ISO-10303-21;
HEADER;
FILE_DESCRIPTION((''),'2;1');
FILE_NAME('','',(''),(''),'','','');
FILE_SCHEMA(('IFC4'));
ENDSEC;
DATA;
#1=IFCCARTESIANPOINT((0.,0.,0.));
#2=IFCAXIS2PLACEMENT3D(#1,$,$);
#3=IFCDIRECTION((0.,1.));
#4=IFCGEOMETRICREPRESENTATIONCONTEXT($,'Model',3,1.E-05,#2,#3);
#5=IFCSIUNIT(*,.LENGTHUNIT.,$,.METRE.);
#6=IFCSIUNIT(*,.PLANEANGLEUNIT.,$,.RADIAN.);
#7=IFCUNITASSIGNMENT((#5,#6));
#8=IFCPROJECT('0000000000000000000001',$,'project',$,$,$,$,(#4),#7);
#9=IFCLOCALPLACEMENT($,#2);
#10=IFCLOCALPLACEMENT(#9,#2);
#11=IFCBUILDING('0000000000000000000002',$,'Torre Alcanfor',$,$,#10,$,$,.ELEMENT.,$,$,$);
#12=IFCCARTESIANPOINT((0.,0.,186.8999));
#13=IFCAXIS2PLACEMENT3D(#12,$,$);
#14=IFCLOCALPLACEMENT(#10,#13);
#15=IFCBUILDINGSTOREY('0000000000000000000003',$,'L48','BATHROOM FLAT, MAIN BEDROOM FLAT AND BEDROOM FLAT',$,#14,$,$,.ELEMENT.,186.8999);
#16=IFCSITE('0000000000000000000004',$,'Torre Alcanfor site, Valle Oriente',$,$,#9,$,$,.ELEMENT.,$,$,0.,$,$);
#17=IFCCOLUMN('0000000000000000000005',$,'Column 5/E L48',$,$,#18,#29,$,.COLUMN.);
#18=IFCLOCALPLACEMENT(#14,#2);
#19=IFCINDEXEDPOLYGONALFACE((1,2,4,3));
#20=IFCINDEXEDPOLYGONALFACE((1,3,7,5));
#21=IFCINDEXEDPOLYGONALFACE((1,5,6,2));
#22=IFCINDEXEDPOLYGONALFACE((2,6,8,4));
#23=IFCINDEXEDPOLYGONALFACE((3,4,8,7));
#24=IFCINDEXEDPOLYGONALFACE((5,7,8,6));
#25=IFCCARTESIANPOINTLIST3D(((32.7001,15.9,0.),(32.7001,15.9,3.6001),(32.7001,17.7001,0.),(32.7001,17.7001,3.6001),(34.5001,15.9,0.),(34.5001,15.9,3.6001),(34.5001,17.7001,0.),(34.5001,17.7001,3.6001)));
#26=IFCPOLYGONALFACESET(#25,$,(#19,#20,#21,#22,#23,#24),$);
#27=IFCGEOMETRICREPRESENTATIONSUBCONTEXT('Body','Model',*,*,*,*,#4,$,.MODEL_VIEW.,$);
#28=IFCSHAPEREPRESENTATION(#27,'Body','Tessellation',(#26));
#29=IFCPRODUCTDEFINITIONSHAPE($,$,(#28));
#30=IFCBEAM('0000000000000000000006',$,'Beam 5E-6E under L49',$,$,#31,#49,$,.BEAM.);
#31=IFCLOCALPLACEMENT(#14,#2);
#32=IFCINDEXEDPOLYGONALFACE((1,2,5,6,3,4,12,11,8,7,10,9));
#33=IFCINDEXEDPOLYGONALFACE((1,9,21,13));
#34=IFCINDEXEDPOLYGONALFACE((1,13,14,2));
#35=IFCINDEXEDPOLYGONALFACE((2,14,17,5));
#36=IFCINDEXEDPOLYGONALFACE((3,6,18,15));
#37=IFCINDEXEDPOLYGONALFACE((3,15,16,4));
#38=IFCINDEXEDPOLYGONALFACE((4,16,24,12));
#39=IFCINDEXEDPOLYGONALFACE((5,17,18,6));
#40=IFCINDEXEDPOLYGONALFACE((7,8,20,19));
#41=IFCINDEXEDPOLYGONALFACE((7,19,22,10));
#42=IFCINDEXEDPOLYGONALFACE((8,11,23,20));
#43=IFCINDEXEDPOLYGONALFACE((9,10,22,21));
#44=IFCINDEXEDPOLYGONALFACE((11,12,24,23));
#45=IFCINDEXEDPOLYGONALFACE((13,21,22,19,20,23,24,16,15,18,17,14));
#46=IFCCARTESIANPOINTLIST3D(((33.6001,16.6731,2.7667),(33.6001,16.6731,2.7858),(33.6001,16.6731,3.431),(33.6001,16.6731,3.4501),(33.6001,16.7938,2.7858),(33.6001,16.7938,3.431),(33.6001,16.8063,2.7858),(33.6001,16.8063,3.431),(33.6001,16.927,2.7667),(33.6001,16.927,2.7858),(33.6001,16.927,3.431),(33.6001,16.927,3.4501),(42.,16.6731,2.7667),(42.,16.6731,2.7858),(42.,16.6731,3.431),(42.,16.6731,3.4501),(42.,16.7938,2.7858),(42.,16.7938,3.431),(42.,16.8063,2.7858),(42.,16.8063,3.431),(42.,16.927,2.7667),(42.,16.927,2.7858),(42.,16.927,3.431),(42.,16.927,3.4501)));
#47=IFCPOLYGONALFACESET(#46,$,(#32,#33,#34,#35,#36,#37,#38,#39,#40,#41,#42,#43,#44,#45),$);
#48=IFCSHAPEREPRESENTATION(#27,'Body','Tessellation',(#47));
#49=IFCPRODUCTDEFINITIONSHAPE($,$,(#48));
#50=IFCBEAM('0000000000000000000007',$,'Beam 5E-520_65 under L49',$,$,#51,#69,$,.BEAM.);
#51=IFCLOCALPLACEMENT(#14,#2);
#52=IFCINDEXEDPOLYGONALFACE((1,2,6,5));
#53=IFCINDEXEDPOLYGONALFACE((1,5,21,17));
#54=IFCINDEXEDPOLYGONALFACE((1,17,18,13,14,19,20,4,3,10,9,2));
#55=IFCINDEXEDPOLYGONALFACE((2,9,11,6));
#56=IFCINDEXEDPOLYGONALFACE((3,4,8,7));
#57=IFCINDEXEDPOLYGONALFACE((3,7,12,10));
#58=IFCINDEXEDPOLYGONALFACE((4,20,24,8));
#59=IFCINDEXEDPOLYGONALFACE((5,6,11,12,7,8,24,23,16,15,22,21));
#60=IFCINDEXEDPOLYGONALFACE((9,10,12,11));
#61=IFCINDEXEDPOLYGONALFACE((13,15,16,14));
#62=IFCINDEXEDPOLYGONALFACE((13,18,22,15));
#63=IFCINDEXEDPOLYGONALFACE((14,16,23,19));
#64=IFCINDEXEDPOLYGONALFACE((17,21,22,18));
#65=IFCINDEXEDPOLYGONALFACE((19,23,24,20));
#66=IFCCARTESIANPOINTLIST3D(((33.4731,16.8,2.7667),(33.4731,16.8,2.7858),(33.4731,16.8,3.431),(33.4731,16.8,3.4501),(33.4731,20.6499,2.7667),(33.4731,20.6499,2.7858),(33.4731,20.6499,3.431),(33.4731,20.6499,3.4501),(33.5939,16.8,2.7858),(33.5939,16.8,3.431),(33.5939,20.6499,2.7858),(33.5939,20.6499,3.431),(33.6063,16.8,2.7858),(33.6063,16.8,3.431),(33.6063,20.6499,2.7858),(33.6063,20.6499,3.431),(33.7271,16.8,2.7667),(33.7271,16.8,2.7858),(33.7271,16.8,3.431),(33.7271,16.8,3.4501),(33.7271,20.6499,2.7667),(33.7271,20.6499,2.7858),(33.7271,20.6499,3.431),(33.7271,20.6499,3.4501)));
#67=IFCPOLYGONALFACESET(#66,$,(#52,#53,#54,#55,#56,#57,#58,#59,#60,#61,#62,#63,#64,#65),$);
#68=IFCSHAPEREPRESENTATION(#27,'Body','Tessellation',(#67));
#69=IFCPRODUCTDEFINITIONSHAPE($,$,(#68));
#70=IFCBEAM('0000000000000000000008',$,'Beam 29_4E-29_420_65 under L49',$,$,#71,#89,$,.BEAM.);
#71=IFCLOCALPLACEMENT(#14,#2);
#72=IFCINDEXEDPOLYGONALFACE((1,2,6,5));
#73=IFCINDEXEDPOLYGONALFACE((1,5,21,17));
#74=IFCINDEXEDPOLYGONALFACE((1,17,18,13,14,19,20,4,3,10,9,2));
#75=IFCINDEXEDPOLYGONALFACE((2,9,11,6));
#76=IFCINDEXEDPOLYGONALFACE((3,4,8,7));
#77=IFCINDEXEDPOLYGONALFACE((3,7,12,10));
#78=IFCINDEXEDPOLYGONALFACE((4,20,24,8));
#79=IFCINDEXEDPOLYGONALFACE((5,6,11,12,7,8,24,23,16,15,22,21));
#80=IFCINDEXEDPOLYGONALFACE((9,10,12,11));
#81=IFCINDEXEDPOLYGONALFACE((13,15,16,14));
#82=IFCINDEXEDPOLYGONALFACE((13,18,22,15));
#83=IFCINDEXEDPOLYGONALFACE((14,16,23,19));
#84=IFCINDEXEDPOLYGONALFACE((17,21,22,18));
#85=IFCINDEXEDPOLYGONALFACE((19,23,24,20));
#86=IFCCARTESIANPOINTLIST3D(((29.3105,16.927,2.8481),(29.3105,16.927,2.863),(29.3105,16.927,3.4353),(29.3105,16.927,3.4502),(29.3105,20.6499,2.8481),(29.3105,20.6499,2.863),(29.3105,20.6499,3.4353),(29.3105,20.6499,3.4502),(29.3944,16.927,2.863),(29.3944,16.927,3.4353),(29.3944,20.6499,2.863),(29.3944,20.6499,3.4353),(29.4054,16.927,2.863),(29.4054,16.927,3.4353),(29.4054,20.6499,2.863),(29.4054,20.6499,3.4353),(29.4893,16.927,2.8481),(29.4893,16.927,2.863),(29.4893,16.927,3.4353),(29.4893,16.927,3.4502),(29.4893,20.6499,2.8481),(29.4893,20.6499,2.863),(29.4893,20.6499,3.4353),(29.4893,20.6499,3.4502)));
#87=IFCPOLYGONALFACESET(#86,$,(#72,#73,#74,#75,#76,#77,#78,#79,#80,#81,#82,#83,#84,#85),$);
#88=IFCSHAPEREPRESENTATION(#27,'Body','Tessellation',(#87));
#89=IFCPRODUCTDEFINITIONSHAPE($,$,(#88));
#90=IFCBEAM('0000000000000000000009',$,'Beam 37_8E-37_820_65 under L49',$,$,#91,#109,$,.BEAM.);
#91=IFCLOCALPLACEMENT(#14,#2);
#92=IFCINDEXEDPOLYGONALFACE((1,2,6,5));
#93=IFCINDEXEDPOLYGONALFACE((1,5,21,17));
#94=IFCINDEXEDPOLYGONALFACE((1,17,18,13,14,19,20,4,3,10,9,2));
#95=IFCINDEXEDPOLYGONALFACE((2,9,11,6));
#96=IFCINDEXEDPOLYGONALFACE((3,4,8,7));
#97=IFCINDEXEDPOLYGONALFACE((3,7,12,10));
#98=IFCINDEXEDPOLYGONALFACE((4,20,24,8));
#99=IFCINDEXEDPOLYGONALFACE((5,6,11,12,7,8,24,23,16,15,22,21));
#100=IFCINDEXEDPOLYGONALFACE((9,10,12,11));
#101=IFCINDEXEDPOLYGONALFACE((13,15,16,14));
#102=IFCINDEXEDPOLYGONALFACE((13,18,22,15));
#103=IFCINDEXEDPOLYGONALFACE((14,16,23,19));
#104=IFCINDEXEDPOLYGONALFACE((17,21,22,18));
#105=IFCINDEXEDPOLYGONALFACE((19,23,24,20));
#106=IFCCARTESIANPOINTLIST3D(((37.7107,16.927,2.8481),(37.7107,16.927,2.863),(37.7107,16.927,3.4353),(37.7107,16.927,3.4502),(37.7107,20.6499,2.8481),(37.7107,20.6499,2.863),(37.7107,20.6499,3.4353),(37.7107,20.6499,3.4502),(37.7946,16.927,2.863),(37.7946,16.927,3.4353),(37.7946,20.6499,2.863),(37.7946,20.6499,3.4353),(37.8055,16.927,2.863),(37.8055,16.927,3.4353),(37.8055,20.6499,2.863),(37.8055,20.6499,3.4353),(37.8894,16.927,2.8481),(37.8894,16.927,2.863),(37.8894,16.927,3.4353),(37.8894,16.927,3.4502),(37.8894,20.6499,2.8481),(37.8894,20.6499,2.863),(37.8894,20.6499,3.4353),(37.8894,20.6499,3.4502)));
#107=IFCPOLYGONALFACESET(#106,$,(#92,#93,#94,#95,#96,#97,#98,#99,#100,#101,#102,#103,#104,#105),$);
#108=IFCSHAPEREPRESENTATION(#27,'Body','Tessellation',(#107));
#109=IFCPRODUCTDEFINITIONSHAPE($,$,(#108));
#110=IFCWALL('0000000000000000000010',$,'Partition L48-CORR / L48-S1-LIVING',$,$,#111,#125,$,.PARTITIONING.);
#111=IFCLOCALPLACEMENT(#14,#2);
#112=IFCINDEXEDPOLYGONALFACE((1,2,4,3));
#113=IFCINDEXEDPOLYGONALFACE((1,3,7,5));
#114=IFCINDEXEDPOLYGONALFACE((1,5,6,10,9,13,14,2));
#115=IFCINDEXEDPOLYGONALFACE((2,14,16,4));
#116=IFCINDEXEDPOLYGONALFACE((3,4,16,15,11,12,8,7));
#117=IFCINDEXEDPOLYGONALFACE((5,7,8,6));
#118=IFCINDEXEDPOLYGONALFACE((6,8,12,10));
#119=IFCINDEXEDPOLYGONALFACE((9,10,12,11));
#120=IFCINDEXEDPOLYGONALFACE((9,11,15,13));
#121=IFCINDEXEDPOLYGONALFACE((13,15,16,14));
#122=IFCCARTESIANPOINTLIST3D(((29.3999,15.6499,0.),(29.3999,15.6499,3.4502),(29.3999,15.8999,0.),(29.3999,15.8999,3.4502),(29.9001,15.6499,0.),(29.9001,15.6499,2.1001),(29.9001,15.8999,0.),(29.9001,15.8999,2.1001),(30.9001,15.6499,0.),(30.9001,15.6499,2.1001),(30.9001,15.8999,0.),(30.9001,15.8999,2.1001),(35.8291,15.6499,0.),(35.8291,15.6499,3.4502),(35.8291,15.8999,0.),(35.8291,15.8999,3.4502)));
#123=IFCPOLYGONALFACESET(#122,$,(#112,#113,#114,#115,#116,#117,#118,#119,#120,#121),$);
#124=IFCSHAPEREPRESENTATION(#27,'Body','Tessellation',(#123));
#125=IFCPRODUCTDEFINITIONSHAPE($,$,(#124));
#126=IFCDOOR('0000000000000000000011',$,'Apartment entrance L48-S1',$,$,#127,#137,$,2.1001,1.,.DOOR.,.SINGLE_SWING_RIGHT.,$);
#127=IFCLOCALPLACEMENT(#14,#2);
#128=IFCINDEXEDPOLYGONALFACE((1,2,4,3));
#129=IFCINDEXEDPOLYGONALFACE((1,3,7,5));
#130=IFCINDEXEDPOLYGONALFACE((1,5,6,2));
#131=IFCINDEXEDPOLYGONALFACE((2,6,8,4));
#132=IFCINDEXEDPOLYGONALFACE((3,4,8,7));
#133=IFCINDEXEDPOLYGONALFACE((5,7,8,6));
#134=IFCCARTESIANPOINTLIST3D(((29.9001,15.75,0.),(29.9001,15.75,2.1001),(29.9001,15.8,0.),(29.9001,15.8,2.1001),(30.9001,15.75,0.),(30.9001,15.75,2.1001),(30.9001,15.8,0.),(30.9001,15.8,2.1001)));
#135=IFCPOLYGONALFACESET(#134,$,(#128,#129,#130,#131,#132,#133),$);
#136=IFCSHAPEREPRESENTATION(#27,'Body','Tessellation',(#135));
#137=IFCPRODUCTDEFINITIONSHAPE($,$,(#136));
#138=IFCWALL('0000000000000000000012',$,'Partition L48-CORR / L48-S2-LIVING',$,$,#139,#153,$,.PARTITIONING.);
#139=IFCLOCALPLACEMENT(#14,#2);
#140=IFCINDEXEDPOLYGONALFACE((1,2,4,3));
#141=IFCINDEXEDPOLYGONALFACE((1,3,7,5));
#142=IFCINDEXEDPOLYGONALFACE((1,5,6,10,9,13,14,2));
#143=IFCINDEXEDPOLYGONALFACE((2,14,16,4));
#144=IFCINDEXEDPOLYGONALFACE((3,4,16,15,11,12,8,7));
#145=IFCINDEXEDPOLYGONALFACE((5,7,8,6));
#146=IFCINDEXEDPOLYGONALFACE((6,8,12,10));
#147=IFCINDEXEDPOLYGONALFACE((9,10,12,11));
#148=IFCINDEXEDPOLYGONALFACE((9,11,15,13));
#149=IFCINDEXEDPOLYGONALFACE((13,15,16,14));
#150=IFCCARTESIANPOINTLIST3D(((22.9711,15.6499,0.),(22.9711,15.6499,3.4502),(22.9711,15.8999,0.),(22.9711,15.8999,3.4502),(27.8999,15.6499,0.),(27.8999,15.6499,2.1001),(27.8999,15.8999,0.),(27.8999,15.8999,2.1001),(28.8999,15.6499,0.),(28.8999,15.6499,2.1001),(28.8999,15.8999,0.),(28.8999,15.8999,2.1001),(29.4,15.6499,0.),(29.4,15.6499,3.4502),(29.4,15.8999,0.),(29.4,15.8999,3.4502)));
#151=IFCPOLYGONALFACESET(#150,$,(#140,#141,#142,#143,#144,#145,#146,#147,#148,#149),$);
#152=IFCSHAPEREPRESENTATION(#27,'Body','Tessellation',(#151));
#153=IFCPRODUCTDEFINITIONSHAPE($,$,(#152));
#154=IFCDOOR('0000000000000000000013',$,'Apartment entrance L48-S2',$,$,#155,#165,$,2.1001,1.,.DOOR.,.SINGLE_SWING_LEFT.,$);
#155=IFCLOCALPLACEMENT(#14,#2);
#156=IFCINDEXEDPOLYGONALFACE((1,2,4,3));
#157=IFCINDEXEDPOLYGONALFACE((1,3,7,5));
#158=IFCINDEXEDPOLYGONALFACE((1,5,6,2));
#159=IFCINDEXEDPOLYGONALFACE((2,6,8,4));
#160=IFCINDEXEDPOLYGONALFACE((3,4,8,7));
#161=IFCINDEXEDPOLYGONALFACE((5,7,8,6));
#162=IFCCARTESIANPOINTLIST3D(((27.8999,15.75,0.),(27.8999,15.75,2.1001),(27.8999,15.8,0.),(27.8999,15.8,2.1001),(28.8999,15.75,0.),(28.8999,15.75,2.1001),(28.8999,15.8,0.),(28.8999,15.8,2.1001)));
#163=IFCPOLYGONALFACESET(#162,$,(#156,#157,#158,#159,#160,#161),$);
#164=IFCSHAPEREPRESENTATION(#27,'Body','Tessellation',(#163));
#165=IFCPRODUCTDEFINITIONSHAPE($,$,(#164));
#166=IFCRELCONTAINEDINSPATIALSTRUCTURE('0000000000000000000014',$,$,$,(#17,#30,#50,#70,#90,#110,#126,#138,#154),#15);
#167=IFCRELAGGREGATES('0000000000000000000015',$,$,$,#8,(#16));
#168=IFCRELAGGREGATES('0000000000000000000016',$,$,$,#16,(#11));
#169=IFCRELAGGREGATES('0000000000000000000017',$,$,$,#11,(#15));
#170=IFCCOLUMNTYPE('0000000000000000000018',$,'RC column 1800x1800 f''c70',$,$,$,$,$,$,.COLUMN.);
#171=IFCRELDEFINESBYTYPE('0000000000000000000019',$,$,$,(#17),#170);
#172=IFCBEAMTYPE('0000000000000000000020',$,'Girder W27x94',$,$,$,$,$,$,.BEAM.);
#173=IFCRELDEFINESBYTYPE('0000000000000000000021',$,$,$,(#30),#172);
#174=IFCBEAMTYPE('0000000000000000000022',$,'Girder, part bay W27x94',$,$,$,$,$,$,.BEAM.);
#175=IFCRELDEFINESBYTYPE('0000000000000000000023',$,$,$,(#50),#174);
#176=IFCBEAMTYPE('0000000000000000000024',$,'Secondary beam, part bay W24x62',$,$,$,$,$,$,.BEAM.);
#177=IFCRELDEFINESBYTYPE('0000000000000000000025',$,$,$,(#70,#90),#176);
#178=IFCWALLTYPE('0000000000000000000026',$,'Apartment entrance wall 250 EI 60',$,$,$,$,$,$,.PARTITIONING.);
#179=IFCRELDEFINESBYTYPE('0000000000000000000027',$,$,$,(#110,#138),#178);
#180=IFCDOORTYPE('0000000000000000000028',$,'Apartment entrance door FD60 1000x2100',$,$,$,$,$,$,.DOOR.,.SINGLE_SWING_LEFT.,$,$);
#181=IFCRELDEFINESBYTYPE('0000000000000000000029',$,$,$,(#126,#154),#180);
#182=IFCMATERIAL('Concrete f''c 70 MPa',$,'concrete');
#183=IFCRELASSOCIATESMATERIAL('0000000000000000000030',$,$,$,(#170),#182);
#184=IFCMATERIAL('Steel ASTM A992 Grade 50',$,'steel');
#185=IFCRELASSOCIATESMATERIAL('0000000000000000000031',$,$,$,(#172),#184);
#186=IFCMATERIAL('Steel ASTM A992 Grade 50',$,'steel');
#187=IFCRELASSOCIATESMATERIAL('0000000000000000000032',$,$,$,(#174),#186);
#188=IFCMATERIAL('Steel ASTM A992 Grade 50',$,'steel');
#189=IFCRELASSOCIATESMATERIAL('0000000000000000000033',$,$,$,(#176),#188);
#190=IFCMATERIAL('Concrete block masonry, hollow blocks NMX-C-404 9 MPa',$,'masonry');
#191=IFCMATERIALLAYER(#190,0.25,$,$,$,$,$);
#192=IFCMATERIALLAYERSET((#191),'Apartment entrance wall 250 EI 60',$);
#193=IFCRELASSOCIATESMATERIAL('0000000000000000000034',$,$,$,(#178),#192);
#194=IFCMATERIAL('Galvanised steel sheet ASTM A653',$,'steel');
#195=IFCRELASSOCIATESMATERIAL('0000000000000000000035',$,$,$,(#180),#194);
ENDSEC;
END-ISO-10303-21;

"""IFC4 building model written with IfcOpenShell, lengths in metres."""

from ifc_helpers import new_model, si_unit, direction, frame, frame_2d, origin, origin_2d, place, context, subcontext, project, spatial, rectangle, i_section, extrude, material, layer, layer_set, material_profile, profile_set, type_object, element, fill, save


model = new_model("IFC4")

# Units and contexts
model_context = context("Model", 3, precision=1e-05, world=origin(), true_north=direction((0.0, 1.0)))
body_context = subcontext(model_context, "Body", "Model", "MODEL_VIEW")
ifc_project = project(units=[si_unit("LENGTHUNIT", "METRE"), si_unit("PLANEANGLEUNIT", "RADIAN")], contexts=[model_context])

# Site, building, storey
site_placement = place(None, origin())
site = spatial("IfcSite", under=ifc_project, at=site_placement, Name="Torre Alcanfor site, Valle Oriente", CompositionType="ELEMENT", RefElevation=0.0)
building_placement = place(site_placement, origin())
building = spatial("IfcBuilding", under=site, at=building_placement, Name="Torre Alcanfor", CompositionType="ELEMENT")
storey_placement = place(building_placement, frame((0.0, 0.0, 186.8999)))
storey = spatial("IfcBuildingStorey", under=building, at=storey_placement, Name="L48", Description="BATHROOM FLAT, MAIN BEDROOM FLAT AND BEDROOM FLAT", CompositionType="ELEMENT", Elevation=186.8999)

# Column
ifc_material_1 = material(Name="Concrete f'c 70 MPa", Category="concrete")
ifc_material_profile_1 = material_profile(ifc_material_1, rectangle(XDim=1.8, YDim=1.8, at=origin_2d()), Name="1800x1800")
ifc_profile_set_1 = profile_set([ifc_material_profile_1], Name="Concrete f'c 70 MPa")
column_type = type_object("IfcColumnType", Name="RC column 1800x1800 f'c70", PredefinedType="COLUMN", material=ifc_profile_set_1)
column_placement = place(storey_placement, frame((33.6001, 16.8, 0.0), z_axis=(0.0, 0.0, 1.0), x_axis=(1.0, 0.0, 0.0)))
element("IfcColumn", 1, at=column_placement, inside=storey, type_object=column_type, Name="Column 5/E L48", PredefinedType="COLUMN", context=body_context, shape_type="SweptSolid", body=[
    extrude(rectangle(XDim=1.8, YDim=1.8, at=origin_2d()), origin(), (0.0, 0.0, 1.0), 3.6001),
])

# Beams
ifc_material_2 = material(Name="Steel ASTM A992 Grade 50", Category="steel")
ifc_material_profile_2 = material_profile(ifc_material_2, i_section(OverallWidth=0.2539, OverallDepth=0.6833, WebThickness=0.0125, FlangeThickness=0.019, at=origin_2d()), Name="W27x94")
ifc_profile_set_2 = profile_set([ifc_material_profile_2], Name="Steel ASTM A992 Grade 50")
beam_type_1 = type_object("IfcBeamType", Name="Girder W27x94", PredefinedType="BEAM", material=ifc_profile_set_2)
beam_1_placement = place(storey_placement, frame((33.6001, 16.8, 3.1084), z_axis=(1.0, 0.0, 0.0), x_axis=(0.0, 1.0, 0.0)))
element("IfcBeam", 2, at=beam_1_placement, inside=storey, type_object=beam_type_1, Name="Beam 5E-6E under L49", PredefinedType="BEAM", context=body_context, shape_type="SweptSolid", body=[
    extrude(i_section(OverallWidth=0.2539, OverallDepth=0.6833, WebThickness=0.0125, FlangeThickness=0.019, at=origin_2d()), origin(), (0.0, 0.0, 1.0), 8.3999),
])
ifc_material_3 = material(Name="Steel ASTM A992 Grade 50", Category="steel")
ifc_material_profile_3 = material_profile(ifc_material_3, i_section(OverallWidth=0.2539, OverallDepth=0.6833, WebThickness=0.0125, FlangeThickness=0.019, at=origin_2d()), Name="W27x94")
ifc_profile_set_3 = profile_set([ifc_material_profile_3], Name="Steel ASTM A992 Grade 50")
beam_type_2 = type_object("IfcBeamType", Name="Girder, part bay W27x94", PredefinedType="BEAM", material=ifc_profile_set_3)
beam_2_placement = place(storey_placement, frame((33.6001, 16.8, 3.1084), z_axis=(0.0, 1.0, 0.0), x_axis=(-1.0, 0.0, 0.0)))
element("IfcBeam", 3, at=beam_2_placement, inside=storey, type_object=beam_type_2, Name="Beam 5E-520_65 under L49", PredefinedType="BEAM", context=body_context, shape_type="SweptSolid", body=[
    extrude(i_section(OverallWidth=0.2539, OverallDepth=0.6833, WebThickness=0.0125, FlangeThickness=0.019, at=origin_2d()), origin(), (0.0, 0.0, 1.0), 3.8499),
])
ifc_material_4 = material(Name="Steel ASTM A992 Grade 50", Category="steel")
ifc_material_profile_4 = material_profile(ifc_material_4, i_section(OverallWidth=0.1787, OverallDepth=0.6021, WebThickness=0.011, FlangeThickness=0.0149, at=origin_2d()), Name="W24x62")
ifc_profile_set_4 = profile_set([ifc_material_profile_4], Name="Steel ASTM A992 Grade 50")
beam_type_3 = type_object("IfcBeamType", Name="Secondary beam, part bay W24x62", PredefinedType="BEAM", material=ifc_profile_set_4)
for number, where, z_axis, x_axis, name in (
    (4, (29.3999, 16.927, 3.1492), (0.0, 1.0, 0.0), (-1.0, 0.0, 0.0), "Beam 29_4E-29_420_65 under L49"),
    (5, (37.8, 16.927, 3.1492), (0.0, 1.0, 0.0), (-1.0, 0.0, 0.0), "Beam 37_8E-37_820_65 under L49"),
):
    element("IfcBeam", number, at=place(storey_placement, frame(where, z_axis=z_axis, x_axis=x_axis)), inside=storey, type_object=beam_type_3, Name=name, PredefinedType="BEAM", context=body_context, shape_type="SweptSolid", body=[
        extrude(i_section(OverallWidth=0.1787, OverallDepth=0.6021, WebThickness=0.011, FlangeThickness=0.0149, at=origin_2d()), origin(), (0.0, 0.0, 1.0), 3.7229),
    ])

# Walls, openings, doors
ifc_material_5 = material(Name="Concrete block masonry, hollow blocks NMX-C-404 9 MPa", Category="masonry")
ifc_layer_1 = layer(ifc_material_5, 0.25)
ifc_layer_set_1 = layer_set([ifc_layer_1], Name="Apartment entrance wall 250 EI 60")
wall_type_1 = type_object("IfcWallType", Name="Apartment entrance wall 250 EI 60", PredefinedType="PARTITIONING", material=ifc_layer_set_1)
wall_1_placement = place(storey_placement, frame((35.8291, 15.7749, 0.0), z_axis=(0.0, 0.0, 1.0), x_axis=(-1.0, 0.0, 0.0)))
wall_1 = element("IfcWall", 6, at=wall_1_placement, inside=storey, type_object=wall_type_1, Name="Partition L48-CORR / L48-S1-LIVING", PredefinedType="PARTITIONING", context=body_context, shape_type="SweptSolid", body=[
    extrude(rectangle(XDim=6.4292, YDim=0.25, at=frame_2d((3.2146, 0.0))), origin(), (0.0, 0.0, 1.0), 3.4502),
])
opening_1_placement = place(wall_1_placement, frame((4.929, 0.0, 0.0)))
opening_1 = element("IfcOpeningElement", 7, at=opening_1_placement, cuts=wall_1, PredefinedType="OPENING", context=body_context, shape_type="SweptSolid", body=[
    extrude(rectangle(XDim=1.0, YDim=2.1001, at=frame_2d((0.5, 1.05))), frame((0.0, 0.135, 0.0), z_axis=(0.0, -1.0, 0.0), x_axis=(1.0, 0.0, 0.0)), (0.0, 0.0, 1.0), 0.27),
])
ifc_material_6 = material(Name="Galvanised steel sheet ASTM A653", Category="steel")
door_type_1 = type_object("IfcDoorType", Name="Apartment entrance door FD60 1000x2100", OperationType="SINGLE_SWING_LEFT", PredefinedType="DOOR", material=ifc_material_6)
door_1_placement = place(opening_1_placement, origin())
door_1 = element("IfcDoor", 8, at=door_1_placement, inside=storey, type_object=door_type_1, Name="Apartment entrance L48-S1", OperationType="SINGLE_SWING_RIGHT", OverallHeight=2.1001, OverallWidth=1.0, PredefinedType="DOOR", context=body_context, shape_type="SweptSolid", body=[
    extrude(rectangle(XDim=1.0, YDim=2.1001, at=frame_2d((0.5, 1.05))), frame((0.0, 0.0249, 0.0), z_axis=(0.0, -1.0, 0.0), x_axis=(1.0, 0.0, 0.0)), (0.0, 0.0, 1.0), 0.05),
])
fill(opening_1, door_1)
wall_2_placement = place(storey_placement, frame((29.3999, 15.7749, 0.0), z_axis=(0.0, 0.0, 1.0), x_axis=(-1.0, 0.0, 0.0)))
wall_2 = element("IfcWall", 9, at=wall_2_placement, inside=storey, type_object=wall_type_1, Name="Partition L48-CORR / L48-S2-LIVING", PredefinedType="PARTITIONING", context=body_context, shape_type="SweptSolid", body=[
    extrude(rectangle(XDim=6.429, YDim=0.25, at=frame_2d((3.2144, 0.0))), origin(), (0.0, 0.0, 1.0), 3.4502),
])
opening_2_placement = place(wall_2_placement, frame((0.5, 0.0, 0.0)))
opening_2 = element("IfcOpeningElement", 10, at=opening_2_placement, cuts=wall_2, PredefinedType="OPENING", context=body_context, shape_type="SweptSolid", body=[
    extrude(rectangle(XDim=1.0, YDim=2.1001, at=frame_2d((0.5, 1.05))), frame((0.0, 0.135, 0.0), z_axis=(0.0, -1.0, 0.0), x_axis=(1.0, 0.0, 0.0)), (0.0, 0.0, 1.0), 0.27),
])
door_2_placement = place(opening_2_placement, origin())
door_2 = element("IfcDoor", 11, at=door_2_placement, inside=storey, type_object=door_type_1, Name="Apartment entrance L48-S2", OperationType="SINGLE_SWING_LEFT", OverallHeight=2.1001, OverallWidth=1.0, PredefinedType="DOOR", context=body_context, shape_type="SweptSolid", body=[
    extrude(rectangle(XDim=1.0, YDim=2.1001, at=frame_2d((0.5, 1.05))), frame((0.0, 0.0249, 0.0), z_axis=(0.0, -1.0, 0.0), x_axis=(1.0, 0.0, 0.0)), (0.0, 0.0, 1.0), 0.05),
])
fill(opening_2, door_2)

save(model, "model.ifc")
